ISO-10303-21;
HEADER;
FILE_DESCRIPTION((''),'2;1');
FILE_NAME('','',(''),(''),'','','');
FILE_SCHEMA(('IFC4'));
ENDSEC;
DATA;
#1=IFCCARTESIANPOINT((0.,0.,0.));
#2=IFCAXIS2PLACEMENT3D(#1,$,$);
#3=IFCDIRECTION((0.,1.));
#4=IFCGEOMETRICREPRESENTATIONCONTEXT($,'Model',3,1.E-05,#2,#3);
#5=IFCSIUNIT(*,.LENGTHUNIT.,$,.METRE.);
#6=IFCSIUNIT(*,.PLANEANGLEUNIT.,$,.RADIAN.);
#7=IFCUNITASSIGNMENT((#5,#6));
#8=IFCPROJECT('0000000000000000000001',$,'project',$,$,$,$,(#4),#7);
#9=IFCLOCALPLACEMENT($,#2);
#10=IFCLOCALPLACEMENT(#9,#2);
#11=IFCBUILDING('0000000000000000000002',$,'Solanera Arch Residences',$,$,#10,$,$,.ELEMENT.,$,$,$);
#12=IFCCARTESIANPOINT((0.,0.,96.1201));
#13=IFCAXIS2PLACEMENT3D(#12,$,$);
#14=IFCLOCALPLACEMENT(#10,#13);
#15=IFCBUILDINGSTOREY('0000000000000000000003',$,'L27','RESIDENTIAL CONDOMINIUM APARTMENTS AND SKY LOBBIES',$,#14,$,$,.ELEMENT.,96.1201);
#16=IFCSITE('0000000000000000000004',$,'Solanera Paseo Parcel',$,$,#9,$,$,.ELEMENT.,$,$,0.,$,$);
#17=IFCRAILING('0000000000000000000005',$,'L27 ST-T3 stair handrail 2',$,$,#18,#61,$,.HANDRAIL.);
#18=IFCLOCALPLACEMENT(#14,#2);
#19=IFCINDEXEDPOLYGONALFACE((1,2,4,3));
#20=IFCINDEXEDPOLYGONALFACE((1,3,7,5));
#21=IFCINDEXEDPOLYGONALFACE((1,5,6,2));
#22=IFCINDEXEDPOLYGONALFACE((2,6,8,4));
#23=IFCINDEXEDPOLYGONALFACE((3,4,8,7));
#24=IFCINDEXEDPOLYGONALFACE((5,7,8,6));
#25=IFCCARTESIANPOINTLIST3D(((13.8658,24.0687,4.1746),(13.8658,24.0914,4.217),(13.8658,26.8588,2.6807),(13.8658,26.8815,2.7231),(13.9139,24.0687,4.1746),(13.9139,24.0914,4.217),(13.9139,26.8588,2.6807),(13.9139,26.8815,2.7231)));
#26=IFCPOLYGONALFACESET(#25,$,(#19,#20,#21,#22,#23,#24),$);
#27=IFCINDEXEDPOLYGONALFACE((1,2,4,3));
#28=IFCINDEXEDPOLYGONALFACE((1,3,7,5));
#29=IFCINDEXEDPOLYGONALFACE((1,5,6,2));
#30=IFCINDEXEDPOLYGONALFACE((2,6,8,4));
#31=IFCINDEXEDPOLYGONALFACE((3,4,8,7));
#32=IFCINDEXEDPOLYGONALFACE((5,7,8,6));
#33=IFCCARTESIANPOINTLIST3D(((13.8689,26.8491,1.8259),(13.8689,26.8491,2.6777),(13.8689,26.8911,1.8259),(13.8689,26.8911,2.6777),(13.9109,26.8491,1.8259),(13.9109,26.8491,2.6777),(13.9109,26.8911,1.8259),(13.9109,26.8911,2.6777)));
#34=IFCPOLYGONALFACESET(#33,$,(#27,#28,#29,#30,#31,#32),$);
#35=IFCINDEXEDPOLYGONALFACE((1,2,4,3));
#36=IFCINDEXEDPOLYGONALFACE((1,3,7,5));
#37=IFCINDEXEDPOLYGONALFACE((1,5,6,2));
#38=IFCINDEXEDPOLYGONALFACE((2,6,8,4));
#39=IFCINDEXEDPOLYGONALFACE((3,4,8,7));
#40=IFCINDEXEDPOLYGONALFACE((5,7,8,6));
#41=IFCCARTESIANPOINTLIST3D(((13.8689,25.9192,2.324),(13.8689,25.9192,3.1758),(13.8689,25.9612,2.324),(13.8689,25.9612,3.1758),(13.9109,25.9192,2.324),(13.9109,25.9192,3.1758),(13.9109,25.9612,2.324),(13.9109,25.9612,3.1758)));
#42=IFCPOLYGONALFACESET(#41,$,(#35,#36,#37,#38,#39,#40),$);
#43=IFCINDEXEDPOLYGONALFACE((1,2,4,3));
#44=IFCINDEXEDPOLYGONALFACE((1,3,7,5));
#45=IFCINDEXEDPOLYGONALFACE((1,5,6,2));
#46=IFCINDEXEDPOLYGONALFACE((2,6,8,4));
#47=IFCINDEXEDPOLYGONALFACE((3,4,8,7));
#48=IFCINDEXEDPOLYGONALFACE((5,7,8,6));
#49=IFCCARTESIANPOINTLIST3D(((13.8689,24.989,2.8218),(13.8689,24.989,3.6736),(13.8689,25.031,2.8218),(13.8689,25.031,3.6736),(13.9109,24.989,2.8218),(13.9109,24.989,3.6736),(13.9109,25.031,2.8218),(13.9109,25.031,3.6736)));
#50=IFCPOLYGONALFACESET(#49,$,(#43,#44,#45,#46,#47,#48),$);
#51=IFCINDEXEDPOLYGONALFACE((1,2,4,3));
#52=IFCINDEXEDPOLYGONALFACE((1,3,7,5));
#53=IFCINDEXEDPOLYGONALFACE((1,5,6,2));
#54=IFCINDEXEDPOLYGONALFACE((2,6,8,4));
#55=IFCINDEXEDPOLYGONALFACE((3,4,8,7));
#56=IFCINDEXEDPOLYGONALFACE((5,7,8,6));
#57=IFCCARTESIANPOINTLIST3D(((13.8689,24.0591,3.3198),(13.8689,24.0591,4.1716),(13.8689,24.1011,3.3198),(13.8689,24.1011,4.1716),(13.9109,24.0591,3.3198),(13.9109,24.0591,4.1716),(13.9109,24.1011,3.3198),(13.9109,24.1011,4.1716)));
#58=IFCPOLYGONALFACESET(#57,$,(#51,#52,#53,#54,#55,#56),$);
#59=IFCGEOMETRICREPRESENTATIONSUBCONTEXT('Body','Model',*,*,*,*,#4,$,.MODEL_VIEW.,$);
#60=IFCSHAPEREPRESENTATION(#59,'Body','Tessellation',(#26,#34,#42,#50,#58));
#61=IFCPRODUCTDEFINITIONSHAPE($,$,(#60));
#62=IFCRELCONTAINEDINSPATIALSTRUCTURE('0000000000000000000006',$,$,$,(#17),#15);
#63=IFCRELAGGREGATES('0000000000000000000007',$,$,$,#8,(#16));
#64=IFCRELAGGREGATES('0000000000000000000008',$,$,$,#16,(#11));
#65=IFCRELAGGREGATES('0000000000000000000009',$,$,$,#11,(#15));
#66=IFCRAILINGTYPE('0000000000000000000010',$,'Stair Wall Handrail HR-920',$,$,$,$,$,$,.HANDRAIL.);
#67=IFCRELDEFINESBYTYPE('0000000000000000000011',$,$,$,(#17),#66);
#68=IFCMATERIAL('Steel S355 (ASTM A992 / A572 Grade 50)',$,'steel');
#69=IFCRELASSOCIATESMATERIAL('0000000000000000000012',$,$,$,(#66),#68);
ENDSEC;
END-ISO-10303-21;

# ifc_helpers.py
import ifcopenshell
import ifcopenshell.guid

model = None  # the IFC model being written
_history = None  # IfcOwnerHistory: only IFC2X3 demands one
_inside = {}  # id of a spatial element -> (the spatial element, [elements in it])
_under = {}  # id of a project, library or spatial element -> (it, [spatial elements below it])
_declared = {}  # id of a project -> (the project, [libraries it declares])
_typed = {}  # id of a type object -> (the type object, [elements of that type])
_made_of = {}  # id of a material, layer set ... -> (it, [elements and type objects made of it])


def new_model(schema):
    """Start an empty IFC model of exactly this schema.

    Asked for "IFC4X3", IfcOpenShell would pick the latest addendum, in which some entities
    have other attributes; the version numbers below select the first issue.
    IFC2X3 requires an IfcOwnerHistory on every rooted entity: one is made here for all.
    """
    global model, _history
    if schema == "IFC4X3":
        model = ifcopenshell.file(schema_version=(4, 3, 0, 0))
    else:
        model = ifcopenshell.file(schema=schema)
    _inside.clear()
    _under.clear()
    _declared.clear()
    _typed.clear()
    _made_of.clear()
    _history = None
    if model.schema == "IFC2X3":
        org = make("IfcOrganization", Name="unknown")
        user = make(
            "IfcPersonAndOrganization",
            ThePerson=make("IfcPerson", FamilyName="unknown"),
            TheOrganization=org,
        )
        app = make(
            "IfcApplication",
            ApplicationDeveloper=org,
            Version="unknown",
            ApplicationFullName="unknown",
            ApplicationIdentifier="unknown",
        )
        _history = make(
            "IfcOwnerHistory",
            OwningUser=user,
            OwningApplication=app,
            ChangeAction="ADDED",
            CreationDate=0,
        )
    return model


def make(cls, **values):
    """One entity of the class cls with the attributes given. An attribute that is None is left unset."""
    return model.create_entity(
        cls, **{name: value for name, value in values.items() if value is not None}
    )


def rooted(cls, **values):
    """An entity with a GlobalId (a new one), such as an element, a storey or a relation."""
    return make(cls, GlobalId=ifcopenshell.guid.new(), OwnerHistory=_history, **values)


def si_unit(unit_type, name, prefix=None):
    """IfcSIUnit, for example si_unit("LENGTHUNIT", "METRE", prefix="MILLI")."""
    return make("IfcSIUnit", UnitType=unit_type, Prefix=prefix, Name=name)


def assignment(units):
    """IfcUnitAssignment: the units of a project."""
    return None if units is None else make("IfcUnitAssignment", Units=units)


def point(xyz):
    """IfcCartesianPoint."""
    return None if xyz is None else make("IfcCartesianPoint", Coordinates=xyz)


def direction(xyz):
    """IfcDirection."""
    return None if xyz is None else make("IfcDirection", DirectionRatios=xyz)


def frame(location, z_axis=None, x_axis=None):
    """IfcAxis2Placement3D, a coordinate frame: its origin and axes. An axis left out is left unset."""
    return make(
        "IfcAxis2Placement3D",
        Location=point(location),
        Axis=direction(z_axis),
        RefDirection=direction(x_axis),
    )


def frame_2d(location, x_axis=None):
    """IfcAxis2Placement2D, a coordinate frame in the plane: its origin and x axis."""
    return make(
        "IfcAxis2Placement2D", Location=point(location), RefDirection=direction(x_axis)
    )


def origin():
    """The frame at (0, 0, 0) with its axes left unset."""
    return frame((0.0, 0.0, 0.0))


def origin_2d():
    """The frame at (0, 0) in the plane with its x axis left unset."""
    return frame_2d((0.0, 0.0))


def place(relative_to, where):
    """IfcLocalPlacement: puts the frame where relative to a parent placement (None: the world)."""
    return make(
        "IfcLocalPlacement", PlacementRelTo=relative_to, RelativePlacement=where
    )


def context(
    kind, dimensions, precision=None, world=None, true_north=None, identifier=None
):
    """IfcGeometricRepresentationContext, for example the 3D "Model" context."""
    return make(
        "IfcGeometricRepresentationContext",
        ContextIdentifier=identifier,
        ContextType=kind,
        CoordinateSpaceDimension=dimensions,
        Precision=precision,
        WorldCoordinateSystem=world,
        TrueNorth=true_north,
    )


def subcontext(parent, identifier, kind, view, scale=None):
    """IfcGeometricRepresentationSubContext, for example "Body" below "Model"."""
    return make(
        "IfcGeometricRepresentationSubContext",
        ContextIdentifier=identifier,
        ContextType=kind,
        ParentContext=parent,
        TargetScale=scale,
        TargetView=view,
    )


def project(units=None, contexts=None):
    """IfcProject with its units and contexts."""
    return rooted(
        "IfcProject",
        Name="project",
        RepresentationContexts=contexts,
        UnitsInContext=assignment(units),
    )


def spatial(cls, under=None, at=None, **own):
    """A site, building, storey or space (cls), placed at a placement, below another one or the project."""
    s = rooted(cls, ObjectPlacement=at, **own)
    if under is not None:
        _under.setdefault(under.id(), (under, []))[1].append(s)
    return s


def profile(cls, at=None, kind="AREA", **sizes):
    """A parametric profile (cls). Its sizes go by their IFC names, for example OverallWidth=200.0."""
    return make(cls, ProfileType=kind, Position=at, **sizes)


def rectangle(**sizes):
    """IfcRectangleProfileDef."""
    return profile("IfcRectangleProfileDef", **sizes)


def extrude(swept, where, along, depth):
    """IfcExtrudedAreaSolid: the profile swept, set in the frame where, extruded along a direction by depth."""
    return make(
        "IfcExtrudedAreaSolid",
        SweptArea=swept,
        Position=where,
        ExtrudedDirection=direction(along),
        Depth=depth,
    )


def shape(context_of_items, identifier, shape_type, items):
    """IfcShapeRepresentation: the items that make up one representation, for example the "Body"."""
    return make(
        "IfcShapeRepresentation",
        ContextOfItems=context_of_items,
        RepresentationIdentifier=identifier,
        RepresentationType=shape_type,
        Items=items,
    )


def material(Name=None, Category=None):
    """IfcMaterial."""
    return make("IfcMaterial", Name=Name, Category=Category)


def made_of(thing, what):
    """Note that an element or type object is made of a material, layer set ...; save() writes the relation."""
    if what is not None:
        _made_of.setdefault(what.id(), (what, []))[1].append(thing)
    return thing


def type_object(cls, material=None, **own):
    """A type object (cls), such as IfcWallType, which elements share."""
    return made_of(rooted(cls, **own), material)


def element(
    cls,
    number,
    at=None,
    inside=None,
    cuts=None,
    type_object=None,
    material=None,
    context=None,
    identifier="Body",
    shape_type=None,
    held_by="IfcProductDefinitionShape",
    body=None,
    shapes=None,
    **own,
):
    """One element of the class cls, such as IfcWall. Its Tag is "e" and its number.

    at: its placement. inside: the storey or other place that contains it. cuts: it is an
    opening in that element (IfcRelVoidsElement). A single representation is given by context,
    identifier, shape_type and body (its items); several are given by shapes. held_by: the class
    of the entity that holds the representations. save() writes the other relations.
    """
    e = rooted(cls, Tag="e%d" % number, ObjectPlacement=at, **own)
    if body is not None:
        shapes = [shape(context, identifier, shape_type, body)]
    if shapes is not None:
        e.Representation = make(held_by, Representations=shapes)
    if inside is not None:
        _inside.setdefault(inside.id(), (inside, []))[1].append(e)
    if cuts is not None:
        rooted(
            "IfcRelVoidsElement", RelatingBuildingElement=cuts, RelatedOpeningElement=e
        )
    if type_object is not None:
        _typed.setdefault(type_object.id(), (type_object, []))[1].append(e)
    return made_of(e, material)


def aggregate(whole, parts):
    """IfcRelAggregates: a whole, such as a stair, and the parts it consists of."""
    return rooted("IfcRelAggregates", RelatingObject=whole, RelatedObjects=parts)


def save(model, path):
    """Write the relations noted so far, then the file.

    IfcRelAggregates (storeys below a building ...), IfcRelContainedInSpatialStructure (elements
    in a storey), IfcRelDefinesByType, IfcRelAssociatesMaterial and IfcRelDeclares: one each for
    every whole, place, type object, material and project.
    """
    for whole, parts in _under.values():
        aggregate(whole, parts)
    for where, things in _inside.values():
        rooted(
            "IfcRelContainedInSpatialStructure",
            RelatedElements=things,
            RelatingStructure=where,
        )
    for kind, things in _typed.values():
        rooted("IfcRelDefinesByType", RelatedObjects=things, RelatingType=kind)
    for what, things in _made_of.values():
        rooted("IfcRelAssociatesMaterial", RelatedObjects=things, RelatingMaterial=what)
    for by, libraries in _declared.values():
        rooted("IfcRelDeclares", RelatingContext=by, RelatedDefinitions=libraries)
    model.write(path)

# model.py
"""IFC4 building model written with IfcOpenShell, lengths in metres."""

from ifc_helpers import new_model, si_unit, direction, frame, origin, origin_2d, place, context, subcontext, project, spatial, rectangle, extrude, material, type_object, element, save


model = new_model("IFC4")

# Units and contexts
model_context = context("Model", 3, precision=1e-05, world=origin(), true_north=direction((0.0, 1.0)))
body_context = subcontext(model_context, "Body", "Model", "MODEL_VIEW")
ifc_project = project(units=[si_unit("LENGTHUNIT", "METRE"), si_unit("PLANEANGLEUNIT", "RADIAN")], contexts=[model_context])

# Site, building, storey
site_placement = place(None, origin())
site = spatial("IfcSite", under=ifc_project, at=site_placement, Name="Solanera Paseo Parcel", CompositionType="ELEMENT", RefElevation=0.0)
building_placement = place(site_placement, origin())
building = spatial("IfcBuilding", under=site, at=building_placement, Name="Solanera Arch Residences", CompositionType="ELEMENT")
storey_placement = place(building_placement, frame((0.0, 0.0, 96.1201)))
storey = spatial("IfcBuildingStorey", under=building, at=storey_placement, Name="L27", Description="RESIDENTIAL CONDOMINIUM APARTMENTS AND SKY LOBBIES", CompositionType="ELEMENT", Elevation=96.1201)

# Railing
ifc_material_1 = material(Name="Steel S355 (ASTM A992 / A572 Grade 50)", Category="steel")
railing_type_1 = type_object("IfcRailingType", Name="Stair Wall Handrail HR-920", PredefinedType="HANDRAIL", material=ifc_material_1)
railing_1_placement = place(storey_placement, frame((13.8899, 26.8701, 1.8259)))
element("IfcRailing", 1, at=railing_1_placement, inside=storey, type_object=railing_type_1, Name="L27 ST-T3 stair handrail 2", PredefinedType="HANDRAIL", context=body_context, shape_type="SweptSolid", body=[
    extrude(rectangle(XDim=0.0481, YDim=0.0481, at=origin_2d()), frame((0.0, 0.0, 0.876), z_axis=(0.0, -0.881581, 0.472033), x_axis=(1.0, 0.0, 0.0)), (0.0, 0.0, 1.0), 3.1648),
    extrude(rectangle(XDim=0.042, YDim=0.042, at=origin_2d()), origin(), (0.0, 0.0, 1.0), 0.8518),
    extrude(rectangle(XDim=0.042, YDim=0.042, at=origin_2d()), frame((0.0, -0.9299, 0.498)), (0.0, 0.0, 1.0), 0.8518),
    extrude(rectangle(XDim=0.042, YDim=0.042, at=origin_2d()), frame((0.0, -1.8601, 0.9958)), (0.0, 0.0, 1.0), 0.8518),
    extrude(rectangle(XDim=0.042, YDim=0.042, at=origin_2d()), frame((0.0, -2.79, 1.4939)), (0.0, 0.0, 1.0), 0.8518),
])

save(model, "model.ifc")
